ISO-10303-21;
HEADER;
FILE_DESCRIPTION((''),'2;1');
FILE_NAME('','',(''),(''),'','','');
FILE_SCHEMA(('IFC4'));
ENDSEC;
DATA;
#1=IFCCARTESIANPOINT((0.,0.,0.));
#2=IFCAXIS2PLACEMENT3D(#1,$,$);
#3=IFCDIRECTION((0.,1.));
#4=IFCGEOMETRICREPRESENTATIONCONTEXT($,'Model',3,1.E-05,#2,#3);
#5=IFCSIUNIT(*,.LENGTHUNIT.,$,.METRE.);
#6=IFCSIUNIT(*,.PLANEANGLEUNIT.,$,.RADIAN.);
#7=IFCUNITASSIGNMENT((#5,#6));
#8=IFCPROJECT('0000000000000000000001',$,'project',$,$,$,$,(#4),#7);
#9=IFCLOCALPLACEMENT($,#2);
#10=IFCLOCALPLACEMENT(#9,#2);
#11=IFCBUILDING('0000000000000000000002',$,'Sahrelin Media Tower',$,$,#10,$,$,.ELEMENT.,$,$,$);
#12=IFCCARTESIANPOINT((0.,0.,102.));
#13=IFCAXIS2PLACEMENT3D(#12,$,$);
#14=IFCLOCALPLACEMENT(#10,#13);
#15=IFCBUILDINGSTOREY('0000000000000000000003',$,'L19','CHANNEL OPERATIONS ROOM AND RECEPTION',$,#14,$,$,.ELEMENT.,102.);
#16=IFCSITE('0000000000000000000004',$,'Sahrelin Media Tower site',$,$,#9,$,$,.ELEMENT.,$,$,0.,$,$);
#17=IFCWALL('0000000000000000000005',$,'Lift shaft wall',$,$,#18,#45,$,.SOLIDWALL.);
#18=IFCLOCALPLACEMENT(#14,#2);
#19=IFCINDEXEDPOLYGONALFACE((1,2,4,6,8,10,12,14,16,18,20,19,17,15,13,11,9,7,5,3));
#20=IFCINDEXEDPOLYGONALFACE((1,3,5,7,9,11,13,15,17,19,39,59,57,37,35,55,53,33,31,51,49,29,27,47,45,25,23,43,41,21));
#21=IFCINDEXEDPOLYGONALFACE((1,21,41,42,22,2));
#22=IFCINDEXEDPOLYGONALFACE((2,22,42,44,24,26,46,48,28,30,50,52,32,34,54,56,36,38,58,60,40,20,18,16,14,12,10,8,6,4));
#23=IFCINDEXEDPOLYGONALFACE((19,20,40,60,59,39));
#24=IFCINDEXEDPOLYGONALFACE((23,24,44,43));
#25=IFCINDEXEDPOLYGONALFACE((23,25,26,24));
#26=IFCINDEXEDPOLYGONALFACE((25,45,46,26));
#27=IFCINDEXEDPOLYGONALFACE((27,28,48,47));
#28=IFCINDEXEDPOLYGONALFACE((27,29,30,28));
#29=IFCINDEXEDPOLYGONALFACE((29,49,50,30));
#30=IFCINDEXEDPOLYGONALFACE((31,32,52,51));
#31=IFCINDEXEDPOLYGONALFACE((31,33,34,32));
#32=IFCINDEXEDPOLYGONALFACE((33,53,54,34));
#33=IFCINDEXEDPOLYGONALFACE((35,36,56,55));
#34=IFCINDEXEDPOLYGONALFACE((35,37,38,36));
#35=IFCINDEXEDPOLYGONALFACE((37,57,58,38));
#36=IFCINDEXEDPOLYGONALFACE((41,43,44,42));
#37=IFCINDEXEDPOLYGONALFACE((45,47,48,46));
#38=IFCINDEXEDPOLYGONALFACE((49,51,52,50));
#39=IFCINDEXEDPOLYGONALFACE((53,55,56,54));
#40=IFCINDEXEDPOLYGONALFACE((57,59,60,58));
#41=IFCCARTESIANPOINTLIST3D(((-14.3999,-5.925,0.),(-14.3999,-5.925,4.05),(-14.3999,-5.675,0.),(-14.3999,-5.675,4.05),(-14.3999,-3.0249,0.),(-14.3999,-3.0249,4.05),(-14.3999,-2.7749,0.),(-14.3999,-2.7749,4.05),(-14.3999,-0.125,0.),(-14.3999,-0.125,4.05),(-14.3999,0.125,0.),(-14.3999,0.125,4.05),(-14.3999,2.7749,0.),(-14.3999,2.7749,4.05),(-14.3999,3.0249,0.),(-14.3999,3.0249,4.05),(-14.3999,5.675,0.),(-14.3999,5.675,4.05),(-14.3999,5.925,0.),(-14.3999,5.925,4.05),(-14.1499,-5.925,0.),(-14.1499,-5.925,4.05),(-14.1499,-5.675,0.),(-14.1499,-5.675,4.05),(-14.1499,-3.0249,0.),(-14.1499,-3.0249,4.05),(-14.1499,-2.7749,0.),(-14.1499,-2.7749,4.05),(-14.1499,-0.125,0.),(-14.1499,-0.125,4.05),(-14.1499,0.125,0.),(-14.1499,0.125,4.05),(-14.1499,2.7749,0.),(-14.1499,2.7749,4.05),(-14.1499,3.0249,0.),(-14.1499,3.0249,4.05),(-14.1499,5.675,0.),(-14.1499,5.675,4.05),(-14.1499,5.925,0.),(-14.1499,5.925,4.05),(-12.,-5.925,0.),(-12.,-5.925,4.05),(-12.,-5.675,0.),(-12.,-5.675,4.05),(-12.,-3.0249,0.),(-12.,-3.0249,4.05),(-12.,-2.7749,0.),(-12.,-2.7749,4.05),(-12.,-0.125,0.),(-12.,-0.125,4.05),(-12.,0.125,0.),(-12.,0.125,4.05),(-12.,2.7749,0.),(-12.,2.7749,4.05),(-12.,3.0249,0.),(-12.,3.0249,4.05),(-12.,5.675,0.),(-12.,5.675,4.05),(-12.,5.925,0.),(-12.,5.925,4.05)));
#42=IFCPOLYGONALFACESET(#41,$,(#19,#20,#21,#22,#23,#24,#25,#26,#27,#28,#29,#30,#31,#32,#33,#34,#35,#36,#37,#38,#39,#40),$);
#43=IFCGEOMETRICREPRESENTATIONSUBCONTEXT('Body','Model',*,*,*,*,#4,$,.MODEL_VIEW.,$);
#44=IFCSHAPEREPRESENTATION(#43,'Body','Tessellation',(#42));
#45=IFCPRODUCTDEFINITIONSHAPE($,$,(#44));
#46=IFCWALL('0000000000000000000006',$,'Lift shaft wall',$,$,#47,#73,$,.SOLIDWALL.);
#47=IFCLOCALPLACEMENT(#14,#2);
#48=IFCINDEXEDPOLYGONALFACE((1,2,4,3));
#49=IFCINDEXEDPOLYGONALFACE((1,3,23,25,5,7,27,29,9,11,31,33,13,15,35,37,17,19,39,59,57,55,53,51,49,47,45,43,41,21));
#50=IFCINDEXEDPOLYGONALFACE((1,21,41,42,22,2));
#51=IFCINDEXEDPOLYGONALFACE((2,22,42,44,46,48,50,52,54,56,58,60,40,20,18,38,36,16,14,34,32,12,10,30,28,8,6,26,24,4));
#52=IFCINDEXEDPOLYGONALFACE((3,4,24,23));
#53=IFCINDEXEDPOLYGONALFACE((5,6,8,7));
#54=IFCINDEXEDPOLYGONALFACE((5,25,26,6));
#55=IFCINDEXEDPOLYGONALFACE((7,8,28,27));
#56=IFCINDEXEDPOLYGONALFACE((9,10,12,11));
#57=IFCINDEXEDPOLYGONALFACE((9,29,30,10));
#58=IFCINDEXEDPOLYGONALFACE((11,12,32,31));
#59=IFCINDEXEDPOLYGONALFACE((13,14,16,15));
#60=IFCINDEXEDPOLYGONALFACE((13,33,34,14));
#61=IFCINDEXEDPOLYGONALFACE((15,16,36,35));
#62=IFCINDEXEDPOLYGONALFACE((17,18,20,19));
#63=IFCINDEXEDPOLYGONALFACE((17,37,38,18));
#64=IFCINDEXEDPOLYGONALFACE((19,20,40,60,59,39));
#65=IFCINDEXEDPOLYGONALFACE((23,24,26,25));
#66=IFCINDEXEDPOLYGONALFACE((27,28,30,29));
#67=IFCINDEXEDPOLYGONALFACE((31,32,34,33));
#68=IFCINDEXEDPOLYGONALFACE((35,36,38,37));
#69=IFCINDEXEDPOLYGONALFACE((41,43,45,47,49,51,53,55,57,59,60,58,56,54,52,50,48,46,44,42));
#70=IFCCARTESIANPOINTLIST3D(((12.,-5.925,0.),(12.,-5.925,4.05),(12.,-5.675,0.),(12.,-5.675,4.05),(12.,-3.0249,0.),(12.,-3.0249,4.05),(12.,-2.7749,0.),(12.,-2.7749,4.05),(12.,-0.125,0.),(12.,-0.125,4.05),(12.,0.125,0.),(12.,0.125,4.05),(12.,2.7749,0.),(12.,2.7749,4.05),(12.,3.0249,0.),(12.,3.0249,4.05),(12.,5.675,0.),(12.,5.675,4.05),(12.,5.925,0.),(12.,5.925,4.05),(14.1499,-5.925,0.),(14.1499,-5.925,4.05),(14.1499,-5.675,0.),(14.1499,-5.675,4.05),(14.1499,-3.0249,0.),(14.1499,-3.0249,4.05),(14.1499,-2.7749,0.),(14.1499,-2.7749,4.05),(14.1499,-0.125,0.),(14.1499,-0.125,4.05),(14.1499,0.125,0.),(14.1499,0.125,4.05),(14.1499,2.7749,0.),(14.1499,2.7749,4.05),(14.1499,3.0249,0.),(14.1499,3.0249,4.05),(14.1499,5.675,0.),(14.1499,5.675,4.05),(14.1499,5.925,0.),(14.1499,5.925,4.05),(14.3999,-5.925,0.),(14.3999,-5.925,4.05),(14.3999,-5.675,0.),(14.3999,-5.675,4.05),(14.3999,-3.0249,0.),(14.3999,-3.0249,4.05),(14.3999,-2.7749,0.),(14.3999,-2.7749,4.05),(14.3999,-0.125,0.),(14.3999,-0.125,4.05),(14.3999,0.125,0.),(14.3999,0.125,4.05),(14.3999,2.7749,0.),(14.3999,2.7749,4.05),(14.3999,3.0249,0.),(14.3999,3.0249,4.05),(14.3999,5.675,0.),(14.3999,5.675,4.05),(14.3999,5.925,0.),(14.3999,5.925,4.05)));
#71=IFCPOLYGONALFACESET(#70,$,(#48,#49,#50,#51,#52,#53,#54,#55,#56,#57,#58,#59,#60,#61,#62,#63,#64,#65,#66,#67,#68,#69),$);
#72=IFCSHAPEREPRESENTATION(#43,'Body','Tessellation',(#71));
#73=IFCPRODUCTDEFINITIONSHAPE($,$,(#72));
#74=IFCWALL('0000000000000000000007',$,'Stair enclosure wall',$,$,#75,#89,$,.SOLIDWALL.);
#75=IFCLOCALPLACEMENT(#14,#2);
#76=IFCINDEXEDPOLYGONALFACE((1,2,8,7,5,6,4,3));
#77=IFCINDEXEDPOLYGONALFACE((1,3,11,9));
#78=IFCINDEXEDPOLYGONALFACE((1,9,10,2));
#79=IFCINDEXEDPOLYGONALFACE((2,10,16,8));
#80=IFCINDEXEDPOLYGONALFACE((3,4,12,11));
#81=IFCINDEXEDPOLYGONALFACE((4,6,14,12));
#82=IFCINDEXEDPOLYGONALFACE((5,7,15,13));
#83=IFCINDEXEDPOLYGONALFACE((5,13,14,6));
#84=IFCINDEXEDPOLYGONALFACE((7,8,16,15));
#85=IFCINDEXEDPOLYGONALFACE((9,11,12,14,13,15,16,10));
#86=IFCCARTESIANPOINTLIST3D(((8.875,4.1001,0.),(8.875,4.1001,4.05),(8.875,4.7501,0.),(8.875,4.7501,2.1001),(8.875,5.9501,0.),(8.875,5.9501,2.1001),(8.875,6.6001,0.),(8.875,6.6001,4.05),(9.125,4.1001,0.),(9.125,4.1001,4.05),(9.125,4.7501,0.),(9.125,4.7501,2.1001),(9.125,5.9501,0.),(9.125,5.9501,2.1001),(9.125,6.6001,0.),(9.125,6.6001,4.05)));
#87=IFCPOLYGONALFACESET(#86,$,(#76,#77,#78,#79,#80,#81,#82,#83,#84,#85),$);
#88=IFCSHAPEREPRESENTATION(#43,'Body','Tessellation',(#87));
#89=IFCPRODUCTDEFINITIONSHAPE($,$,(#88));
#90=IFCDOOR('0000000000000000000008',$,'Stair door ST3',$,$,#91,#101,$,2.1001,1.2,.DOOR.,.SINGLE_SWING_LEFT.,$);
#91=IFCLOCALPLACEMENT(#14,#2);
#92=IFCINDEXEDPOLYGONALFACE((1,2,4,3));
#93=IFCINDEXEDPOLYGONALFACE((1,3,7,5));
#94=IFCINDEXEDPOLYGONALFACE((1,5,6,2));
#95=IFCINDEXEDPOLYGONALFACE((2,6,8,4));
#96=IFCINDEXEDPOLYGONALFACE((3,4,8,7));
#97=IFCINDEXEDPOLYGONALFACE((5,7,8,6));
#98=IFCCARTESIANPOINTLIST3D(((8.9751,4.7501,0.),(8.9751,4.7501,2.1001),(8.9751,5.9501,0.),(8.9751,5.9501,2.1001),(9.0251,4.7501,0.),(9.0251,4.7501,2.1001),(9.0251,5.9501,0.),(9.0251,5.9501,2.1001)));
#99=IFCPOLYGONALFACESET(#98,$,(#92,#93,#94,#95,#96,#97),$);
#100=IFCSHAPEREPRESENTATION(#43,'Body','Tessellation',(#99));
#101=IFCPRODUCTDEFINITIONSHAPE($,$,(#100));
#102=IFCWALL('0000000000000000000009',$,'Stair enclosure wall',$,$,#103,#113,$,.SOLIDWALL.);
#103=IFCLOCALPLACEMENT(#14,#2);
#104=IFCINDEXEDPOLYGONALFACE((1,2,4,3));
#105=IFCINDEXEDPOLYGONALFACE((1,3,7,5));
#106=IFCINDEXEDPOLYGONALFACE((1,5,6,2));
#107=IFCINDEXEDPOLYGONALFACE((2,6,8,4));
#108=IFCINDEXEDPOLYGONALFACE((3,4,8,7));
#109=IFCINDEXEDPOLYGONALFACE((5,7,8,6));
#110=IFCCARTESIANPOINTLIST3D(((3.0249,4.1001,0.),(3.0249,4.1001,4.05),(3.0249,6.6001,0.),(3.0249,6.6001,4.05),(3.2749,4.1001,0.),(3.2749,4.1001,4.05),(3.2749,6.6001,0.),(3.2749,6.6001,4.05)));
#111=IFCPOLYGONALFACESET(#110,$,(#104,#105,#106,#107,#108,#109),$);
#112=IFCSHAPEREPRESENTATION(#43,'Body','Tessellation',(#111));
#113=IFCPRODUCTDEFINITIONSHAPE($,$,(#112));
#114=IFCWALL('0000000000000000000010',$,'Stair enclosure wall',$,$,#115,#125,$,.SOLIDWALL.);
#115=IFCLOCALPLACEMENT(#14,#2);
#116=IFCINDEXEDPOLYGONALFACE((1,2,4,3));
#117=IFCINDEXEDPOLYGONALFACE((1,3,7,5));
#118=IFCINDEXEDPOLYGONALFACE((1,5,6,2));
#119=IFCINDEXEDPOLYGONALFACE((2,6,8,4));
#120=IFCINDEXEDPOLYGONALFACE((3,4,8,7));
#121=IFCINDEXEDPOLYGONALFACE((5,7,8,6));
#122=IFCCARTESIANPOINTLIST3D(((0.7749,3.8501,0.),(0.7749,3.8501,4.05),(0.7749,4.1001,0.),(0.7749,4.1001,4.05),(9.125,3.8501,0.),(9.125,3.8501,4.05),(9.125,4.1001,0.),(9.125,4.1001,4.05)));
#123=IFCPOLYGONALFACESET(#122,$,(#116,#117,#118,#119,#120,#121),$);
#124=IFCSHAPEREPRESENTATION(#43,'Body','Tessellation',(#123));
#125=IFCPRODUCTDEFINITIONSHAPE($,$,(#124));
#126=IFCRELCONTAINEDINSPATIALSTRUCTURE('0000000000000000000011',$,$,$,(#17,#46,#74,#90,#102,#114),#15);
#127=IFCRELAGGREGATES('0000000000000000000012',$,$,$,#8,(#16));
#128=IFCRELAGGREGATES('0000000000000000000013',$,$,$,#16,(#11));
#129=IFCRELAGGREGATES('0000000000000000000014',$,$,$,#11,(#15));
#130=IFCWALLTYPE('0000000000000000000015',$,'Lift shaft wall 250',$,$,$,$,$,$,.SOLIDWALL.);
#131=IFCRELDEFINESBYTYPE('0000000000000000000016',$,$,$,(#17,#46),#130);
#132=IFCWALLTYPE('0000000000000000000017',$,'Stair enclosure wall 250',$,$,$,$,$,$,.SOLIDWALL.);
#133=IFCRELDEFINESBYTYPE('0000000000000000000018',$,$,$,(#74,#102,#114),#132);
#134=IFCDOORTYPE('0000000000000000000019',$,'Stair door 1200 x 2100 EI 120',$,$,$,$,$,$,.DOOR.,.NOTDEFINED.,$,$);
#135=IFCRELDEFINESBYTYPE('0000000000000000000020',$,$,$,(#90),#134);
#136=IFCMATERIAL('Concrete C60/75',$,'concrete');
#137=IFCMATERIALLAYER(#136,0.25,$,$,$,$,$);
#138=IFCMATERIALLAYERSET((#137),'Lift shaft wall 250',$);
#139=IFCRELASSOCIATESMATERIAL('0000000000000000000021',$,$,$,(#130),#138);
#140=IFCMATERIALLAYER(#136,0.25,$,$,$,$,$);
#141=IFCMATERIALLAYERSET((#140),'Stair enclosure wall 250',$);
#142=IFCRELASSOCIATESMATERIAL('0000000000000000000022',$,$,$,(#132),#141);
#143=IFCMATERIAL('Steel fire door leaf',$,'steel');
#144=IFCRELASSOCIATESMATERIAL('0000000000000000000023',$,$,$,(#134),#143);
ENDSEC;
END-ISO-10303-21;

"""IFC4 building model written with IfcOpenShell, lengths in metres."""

from ifc_helpers import new_model, si_unit, direction, frame, frame_2d, origin, place, context, subcontext, project, spatial, polyline, rectangle, outline, extrude, material, layer, layer_set, type_object, element, fill, save


model = new_model("IFC4")

# Units and contexts
model_context = context("Model", 3, precision=1e-05, world=origin(), true_north=direction((0.0, 1.0)))
body_context = subcontext(model_context, "Body", "Model", "MODEL_VIEW")
ifc_project = project(units=[si_unit("LENGTHUNIT", "METRE"), si_unit("PLANEANGLEUNIT", "RADIAN")], contexts=[model_context])

# Site, building, storey
site_placement = place(None, origin())
site = spatial("IfcSite", under=ifc_project, at=site_placement, Name="Sahrelin Media Tower site", CompositionType="ELEMENT", RefElevation=0.0)
building_placement = place(site_placement, origin())
building = spatial("IfcBuilding", under=site, at=building_placement, Name="Sahrelin Media Tower", CompositionType="ELEMENT")
storey_placement = place(building_placement, frame((0.0, 0.0, 102.0)))
storey = spatial("IfcBuildingStorey", under=building, at=storey_placement, Name="L19", Description="CHANNEL OPERATIONS ROOM AND RECEPTION", CompositionType="ELEMENT", Elevation=102.0)

# Shared definitions
placement_1 = place(storey_placement, origin())

# Shared definitions
ifc_material_1 = material(Name="Steel fire door leaf", Category="steel")

# Walls
ifc_material_2 = material(Name="Concrete C60/75", Category="concrete")
ifc_layer_1 = layer(ifc_material_2, 0.25)
ifc_layer_set_1 = layer_set([ifc_layer_1], Name="Lift shaft wall 250")
wall_type_1 = type_object("IfcWallType", Name="Lift shaft wall 250", PredefinedType="SOLIDWALL", material=ifc_layer_set_1)
element("IfcWall", 1, at=placement_1, inside=storey, type_object=wall_type_1, Name="Lift shaft wall", PredefinedType="SOLIDWALL", context=body_context, shape_type="SweptSolid", body=[
    extrude(outline(polyline([(-12.0, -5.925), (-12.0, -5.675), (-14.1499, -5.675), (-14.1499, -3.0249), (-12.0, -3.0249), (-12.0, -2.7749), (-14.1499, -2.7749), (-14.1499, -0.125), (-12.0, -0.125), (-12.0, 0.125), (-14.1499, 0.125), (-14.1499, 2.7749), (-12.0, 2.7749), (-12.0, 3.0249), (-14.1499, 3.0249), (-14.1499, 5.675), (-12.0, 5.675), (-12.0, 5.925), (-14.1499, 5.925), (-14.3999, 5.925), (-14.3999, 5.675), (-14.3999, 3.0249), (-14.3999, 2.7749), (-14.3999, 0.125), (-14.3999, -0.125), (-14.3999, -2.7749), (-14.3999, -3.0249), (-14.3999, -5.675), (-14.3999, -5.925), (-14.1499, -5.925), (-12.0, -5.925)])), origin(), (0.0, 0.0, 1.0), 4.05),
])
element("IfcWall", 2, at=placement_1, inside=storey, type_object=wall_type_1, Name="Lift shaft wall", PredefinedType="SOLIDWALL", context=body_context, shape_type="SweptSolid", body=[
    extrude(outline(polyline([(12.0, -5.675), (12.0, -5.925), (14.1499, -5.925), (14.3999, -5.925), (14.3999, -5.675), (14.3999, -3.0249), (14.3999, -2.7749), (14.3999, -0.125), (14.3999, 0.125), (14.3999, 2.7749), (14.3999, 3.0249), (14.3999, 5.675), (14.3999, 5.925), (14.1499, 5.925), (12.0, 5.925), (12.0, 5.675), (14.1499, 5.675), (14.1499, 3.0249), (12.0, 3.0249), (12.0, 2.7749), (14.1499, 2.7749), (14.1499, 0.125), (12.0, 0.125), (12.0, -0.125), (14.1499, -0.125), (14.1499, -2.7749), (12.0, -2.7749), (12.0, -3.0249), (14.1499, -3.0249), (14.1499, -5.675), (12.0, -5.675)])), origin(), (0.0, 0.0, 1.0), 4.05),
])

# Wall, opening, door
ifc_layer_2 = layer(ifc_material_2, 0.25)
ifc_layer_set_2 = layer_set([ifc_layer_2], Name="Stair enclosure wall 250")
wall_type_2 = type_object("IfcWallType", Name="Stair enclosure wall 250", PredefinedType="SOLIDWALL", material=ifc_layer_set_2)
wall_1_placement = place(storey_placement, frame((9.0, 4.1001, 0.0), z_axis=(0.0, 0.0, 1.0), x_axis=(0.0, 1.0, 0.0)))
wall_1 = element("IfcWall", 3, at=wall_1_placement, inside=storey, type_object=wall_type_2, Name="Stair enclosure wall", PredefinedType="SOLIDWALL", context=body_context, shape_type="SweptSolid", body=[
    extrude(rectangle(XDim=2.5, YDim=0.25, at=frame_2d((1.25, 0.0))), origin(), (0.0, 0.0, 1.0), 4.05),
])
opening_1_placement = place(wall_1_placement, frame((0.6499, 0.0, 0.0)))
opening_1 = element("IfcOpeningElement", 4, at=opening_1_placement, cuts=wall_1, PredefinedType="OPENING", context=body_context, shape_type="SweptSolid", body=[
    extrude(rectangle(XDim=1.2, YDim=2.1001, at=frame_2d((0.6001, 1.05))), frame((0.0, 0.125, 0.0), z_axis=(0.0, -1.0, 0.0), x_axis=(1.0, 0.0, 0.0)), (0.0, 0.0, 1.0), 0.25),
])
door_type_1 = type_object("IfcDoorType", Name="Stair door 1200 x 2100 EI 120", OperationType="NOTDEFINED", PredefinedType="DOOR", material=ifc_material_1)
door_1_placement = place(opening_1_placement, origin())
door_1 = element("IfcDoor", 5, at=door_1_placement, inside=storey, type_object=door_type_1, Name="Stair door ST3", OperationType="SINGLE_SWING_LEFT", OverallHeight=2.1001, OverallWidth=1.2, PredefinedType="DOOR", context=body_context, shape_type="SweptSolid", body=[
    extrude(rectangle(XDim=1.2, YDim=2.1001, at=frame_2d((0.6001, 1.05))), frame((0.0, 0.0249, 0.0), z_axis=(0.0, -1.0, 0.0), x_axis=(1.0, 0.0, 0.0)), (0.0, 0.0, 1.0), 0.05),
])
fill(opening_1, door_1)

# Walls
wall_2_placement = place(storey_placement, frame((3.1499, 4.1001, 0.0), z_axis=(0.0, 0.0, 1.0), x_axis=(0.0, 1.0, 0.0)))
element("IfcWall", 6, at=wall_2_placement, inside=storey, type_object=wall_type_2, Name="Stair enclosure wall", PredefinedType="SOLIDWALL", context=body_context, shape_type="SweptSolid", body=[
    extrude(rectangle(XDim=2.5, YDim=0.25, at=frame_2d((1.25, 0.0))), origin(), (0.0, 0.0, 1.0), 4.05),
])
wall_3_placement = place(storey_placement, frame((0.7749, 3.9751, 0.0), z_axis=(0.0, 0.0, 1.0), x_axis=(1.0, 0.0, 0.0)))
element("IfcWall", 7, at=wall_3_placement, inside=storey, type_object=wall_type_2, Name="Stair enclosure wall", PredefinedType="SOLIDWALL", context=body_context, shape_type="SweptSolid", body=[
    extrude(rectangle(XDim=8.3501, YDim=0.25, at=frame_2d((4.175, 0.0))), origin(), (0.0, 0.0, 1.0), 4.05),
])

save(model, "model.ifc")
